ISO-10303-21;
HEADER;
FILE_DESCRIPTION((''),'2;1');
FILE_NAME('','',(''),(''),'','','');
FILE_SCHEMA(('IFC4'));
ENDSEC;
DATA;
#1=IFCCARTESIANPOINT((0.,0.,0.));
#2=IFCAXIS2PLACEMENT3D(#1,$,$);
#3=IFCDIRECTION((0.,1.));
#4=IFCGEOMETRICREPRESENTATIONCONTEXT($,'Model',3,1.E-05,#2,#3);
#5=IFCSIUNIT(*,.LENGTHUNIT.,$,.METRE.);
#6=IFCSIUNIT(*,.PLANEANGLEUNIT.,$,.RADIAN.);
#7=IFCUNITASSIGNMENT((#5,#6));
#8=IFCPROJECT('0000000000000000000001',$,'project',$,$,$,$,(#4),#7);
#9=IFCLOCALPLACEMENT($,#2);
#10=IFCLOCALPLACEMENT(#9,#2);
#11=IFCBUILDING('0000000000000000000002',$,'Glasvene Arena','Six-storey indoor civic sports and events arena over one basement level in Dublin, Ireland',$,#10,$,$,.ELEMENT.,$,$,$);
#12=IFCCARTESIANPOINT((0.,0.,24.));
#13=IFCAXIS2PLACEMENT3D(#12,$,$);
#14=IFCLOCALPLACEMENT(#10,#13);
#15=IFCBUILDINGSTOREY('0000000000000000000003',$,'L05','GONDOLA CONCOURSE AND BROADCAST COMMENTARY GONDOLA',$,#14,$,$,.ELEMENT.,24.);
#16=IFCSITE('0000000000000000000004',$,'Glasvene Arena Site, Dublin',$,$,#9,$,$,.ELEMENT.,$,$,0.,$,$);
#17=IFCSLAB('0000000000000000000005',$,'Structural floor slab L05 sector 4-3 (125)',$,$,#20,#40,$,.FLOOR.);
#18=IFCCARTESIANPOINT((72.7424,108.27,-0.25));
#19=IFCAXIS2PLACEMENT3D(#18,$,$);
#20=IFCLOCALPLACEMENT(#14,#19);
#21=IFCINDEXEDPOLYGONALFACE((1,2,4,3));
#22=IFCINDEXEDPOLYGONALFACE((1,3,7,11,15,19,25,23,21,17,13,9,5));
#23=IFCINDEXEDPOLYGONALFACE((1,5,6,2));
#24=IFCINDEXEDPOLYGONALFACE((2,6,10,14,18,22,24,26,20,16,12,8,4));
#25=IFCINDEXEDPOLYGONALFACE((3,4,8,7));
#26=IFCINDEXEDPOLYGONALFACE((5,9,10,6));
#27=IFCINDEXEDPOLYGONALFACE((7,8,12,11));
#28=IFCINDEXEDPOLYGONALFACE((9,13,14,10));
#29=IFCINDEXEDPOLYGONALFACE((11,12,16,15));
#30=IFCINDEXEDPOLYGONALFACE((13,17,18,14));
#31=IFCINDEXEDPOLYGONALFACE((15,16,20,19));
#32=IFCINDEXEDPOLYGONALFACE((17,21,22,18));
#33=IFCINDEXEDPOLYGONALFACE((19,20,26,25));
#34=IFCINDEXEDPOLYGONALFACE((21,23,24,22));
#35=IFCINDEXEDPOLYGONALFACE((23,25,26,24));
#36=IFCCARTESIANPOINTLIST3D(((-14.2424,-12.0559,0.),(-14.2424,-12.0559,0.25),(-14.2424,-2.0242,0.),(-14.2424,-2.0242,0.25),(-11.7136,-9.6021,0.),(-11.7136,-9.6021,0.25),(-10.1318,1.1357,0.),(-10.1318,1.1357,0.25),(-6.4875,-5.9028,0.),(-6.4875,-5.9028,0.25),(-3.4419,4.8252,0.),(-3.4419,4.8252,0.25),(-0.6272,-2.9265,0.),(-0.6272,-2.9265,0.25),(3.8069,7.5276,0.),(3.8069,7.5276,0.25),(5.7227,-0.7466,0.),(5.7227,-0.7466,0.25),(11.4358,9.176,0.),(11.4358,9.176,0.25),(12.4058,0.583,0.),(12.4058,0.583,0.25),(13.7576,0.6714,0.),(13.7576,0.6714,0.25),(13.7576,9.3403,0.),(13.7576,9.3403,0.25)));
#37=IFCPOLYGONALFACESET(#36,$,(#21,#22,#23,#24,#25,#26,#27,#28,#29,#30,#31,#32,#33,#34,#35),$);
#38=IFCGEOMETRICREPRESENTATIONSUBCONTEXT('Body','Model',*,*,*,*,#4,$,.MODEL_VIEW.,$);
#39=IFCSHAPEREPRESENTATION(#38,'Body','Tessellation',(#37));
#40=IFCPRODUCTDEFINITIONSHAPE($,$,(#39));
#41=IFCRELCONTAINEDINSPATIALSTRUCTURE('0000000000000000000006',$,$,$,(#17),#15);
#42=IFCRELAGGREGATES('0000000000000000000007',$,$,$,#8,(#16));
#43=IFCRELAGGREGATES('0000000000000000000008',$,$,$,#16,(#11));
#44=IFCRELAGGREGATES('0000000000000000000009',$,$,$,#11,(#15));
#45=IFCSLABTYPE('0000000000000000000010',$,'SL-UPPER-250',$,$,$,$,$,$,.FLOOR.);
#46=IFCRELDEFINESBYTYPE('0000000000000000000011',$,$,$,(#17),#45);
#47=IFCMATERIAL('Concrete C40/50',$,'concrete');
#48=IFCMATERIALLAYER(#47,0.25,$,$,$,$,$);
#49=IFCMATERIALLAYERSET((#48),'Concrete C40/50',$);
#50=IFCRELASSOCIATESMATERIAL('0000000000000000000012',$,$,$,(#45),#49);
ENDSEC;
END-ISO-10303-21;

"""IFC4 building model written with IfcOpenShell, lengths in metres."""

from ifc_helpers import new_model, si_unit, direction, frame, origin, place, context, subcontext, project, spatial, polyline, outline, extrude, material, layer, layer_set, type_object, element, save


model = new_model("IFC4")

# Units and contexts
model_context = context("Model", 3, precision=1e-05, world=origin(), true_north=direction((0.0, 1.0)))
body_context = subcontext(model_context, "Body", "Model", "MODEL_VIEW")
ifc_project = project(units=[si_unit("LENGTHUNIT", "METRE"), si_unit("PLANEANGLEUNIT", "RADIAN")], contexts=[model_context])

# Site, building, storey
site_placement = place(None, origin())
site = spatial("IfcSite", under=ifc_project, at=site_placement, Name="Glasvene Arena Site, Dublin", CompositionType="ELEMENT", RefElevation=0.0)
building_placement = place(site_placement, origin())
building = spatial("IfcBuilding", under=site, at=building_placement, Name="Glasvene Arena", Description="Six-storey indoor civic sports and events arena over one basement level in Dublin, Ireland", CompositionType="ELEMENT")
storey_placement = place(building_placement, frame((0.0, 0.0, 24.0)))
storey = spatial("IfcBuildingStorey", under=building, at=storey_placement, Name="L05", Description="GONDOLA CONCOURSE AND BROADCAST COMMENTARY GONDOLA", CompositionType="ELEMENT", Elevation=24.0)

# Slab
ifc_material_1 = material(Name="Concrete C40/50", Category="concrete")
ifc_layer_1 = layer(ifc_material_1, 0.25)
ifc_layer_set_1 = layer_set([ifc_layer_1], Name="Concrete C40/50")
slab_type = type_object("IfcSlabType", Name="SL-UPPER-250", PredefinedType="FLOOR", material=ifc_layer_set_1)
slab_placement = place(storey_placement, frame((72.7424, 108.27, -0.25)))
element("IfcSlab", 1, at=slab_placement, inside=storey, type_object=slab_type, Name="Structural floor slab L05 sector 4-3 (125)", PredefinedType="FLOOR", context=body_context, shape_type="SweptSolid", body=[
    extrude(outline(polyline([(-10.1318, 1.1357), (-3.4419, 4.8252), (3.8069, 7.5276), (11.4358, 9.176), (13.7576, 9.3403), (13.7576, 0.6714), (12.4058, 0.583), (5.7227, -0.7466), (-0.6272, -2.9265), (-6.4875, -5.9028), (-11.7136, -9.6021), (-14.2424, -12.0559), (-14.2424, -2.0242), (-10.1318, 1.1357)])), origin(), (0.0, 0.0, 1.0), 0.25),
])

save(model, "model.ifc")
